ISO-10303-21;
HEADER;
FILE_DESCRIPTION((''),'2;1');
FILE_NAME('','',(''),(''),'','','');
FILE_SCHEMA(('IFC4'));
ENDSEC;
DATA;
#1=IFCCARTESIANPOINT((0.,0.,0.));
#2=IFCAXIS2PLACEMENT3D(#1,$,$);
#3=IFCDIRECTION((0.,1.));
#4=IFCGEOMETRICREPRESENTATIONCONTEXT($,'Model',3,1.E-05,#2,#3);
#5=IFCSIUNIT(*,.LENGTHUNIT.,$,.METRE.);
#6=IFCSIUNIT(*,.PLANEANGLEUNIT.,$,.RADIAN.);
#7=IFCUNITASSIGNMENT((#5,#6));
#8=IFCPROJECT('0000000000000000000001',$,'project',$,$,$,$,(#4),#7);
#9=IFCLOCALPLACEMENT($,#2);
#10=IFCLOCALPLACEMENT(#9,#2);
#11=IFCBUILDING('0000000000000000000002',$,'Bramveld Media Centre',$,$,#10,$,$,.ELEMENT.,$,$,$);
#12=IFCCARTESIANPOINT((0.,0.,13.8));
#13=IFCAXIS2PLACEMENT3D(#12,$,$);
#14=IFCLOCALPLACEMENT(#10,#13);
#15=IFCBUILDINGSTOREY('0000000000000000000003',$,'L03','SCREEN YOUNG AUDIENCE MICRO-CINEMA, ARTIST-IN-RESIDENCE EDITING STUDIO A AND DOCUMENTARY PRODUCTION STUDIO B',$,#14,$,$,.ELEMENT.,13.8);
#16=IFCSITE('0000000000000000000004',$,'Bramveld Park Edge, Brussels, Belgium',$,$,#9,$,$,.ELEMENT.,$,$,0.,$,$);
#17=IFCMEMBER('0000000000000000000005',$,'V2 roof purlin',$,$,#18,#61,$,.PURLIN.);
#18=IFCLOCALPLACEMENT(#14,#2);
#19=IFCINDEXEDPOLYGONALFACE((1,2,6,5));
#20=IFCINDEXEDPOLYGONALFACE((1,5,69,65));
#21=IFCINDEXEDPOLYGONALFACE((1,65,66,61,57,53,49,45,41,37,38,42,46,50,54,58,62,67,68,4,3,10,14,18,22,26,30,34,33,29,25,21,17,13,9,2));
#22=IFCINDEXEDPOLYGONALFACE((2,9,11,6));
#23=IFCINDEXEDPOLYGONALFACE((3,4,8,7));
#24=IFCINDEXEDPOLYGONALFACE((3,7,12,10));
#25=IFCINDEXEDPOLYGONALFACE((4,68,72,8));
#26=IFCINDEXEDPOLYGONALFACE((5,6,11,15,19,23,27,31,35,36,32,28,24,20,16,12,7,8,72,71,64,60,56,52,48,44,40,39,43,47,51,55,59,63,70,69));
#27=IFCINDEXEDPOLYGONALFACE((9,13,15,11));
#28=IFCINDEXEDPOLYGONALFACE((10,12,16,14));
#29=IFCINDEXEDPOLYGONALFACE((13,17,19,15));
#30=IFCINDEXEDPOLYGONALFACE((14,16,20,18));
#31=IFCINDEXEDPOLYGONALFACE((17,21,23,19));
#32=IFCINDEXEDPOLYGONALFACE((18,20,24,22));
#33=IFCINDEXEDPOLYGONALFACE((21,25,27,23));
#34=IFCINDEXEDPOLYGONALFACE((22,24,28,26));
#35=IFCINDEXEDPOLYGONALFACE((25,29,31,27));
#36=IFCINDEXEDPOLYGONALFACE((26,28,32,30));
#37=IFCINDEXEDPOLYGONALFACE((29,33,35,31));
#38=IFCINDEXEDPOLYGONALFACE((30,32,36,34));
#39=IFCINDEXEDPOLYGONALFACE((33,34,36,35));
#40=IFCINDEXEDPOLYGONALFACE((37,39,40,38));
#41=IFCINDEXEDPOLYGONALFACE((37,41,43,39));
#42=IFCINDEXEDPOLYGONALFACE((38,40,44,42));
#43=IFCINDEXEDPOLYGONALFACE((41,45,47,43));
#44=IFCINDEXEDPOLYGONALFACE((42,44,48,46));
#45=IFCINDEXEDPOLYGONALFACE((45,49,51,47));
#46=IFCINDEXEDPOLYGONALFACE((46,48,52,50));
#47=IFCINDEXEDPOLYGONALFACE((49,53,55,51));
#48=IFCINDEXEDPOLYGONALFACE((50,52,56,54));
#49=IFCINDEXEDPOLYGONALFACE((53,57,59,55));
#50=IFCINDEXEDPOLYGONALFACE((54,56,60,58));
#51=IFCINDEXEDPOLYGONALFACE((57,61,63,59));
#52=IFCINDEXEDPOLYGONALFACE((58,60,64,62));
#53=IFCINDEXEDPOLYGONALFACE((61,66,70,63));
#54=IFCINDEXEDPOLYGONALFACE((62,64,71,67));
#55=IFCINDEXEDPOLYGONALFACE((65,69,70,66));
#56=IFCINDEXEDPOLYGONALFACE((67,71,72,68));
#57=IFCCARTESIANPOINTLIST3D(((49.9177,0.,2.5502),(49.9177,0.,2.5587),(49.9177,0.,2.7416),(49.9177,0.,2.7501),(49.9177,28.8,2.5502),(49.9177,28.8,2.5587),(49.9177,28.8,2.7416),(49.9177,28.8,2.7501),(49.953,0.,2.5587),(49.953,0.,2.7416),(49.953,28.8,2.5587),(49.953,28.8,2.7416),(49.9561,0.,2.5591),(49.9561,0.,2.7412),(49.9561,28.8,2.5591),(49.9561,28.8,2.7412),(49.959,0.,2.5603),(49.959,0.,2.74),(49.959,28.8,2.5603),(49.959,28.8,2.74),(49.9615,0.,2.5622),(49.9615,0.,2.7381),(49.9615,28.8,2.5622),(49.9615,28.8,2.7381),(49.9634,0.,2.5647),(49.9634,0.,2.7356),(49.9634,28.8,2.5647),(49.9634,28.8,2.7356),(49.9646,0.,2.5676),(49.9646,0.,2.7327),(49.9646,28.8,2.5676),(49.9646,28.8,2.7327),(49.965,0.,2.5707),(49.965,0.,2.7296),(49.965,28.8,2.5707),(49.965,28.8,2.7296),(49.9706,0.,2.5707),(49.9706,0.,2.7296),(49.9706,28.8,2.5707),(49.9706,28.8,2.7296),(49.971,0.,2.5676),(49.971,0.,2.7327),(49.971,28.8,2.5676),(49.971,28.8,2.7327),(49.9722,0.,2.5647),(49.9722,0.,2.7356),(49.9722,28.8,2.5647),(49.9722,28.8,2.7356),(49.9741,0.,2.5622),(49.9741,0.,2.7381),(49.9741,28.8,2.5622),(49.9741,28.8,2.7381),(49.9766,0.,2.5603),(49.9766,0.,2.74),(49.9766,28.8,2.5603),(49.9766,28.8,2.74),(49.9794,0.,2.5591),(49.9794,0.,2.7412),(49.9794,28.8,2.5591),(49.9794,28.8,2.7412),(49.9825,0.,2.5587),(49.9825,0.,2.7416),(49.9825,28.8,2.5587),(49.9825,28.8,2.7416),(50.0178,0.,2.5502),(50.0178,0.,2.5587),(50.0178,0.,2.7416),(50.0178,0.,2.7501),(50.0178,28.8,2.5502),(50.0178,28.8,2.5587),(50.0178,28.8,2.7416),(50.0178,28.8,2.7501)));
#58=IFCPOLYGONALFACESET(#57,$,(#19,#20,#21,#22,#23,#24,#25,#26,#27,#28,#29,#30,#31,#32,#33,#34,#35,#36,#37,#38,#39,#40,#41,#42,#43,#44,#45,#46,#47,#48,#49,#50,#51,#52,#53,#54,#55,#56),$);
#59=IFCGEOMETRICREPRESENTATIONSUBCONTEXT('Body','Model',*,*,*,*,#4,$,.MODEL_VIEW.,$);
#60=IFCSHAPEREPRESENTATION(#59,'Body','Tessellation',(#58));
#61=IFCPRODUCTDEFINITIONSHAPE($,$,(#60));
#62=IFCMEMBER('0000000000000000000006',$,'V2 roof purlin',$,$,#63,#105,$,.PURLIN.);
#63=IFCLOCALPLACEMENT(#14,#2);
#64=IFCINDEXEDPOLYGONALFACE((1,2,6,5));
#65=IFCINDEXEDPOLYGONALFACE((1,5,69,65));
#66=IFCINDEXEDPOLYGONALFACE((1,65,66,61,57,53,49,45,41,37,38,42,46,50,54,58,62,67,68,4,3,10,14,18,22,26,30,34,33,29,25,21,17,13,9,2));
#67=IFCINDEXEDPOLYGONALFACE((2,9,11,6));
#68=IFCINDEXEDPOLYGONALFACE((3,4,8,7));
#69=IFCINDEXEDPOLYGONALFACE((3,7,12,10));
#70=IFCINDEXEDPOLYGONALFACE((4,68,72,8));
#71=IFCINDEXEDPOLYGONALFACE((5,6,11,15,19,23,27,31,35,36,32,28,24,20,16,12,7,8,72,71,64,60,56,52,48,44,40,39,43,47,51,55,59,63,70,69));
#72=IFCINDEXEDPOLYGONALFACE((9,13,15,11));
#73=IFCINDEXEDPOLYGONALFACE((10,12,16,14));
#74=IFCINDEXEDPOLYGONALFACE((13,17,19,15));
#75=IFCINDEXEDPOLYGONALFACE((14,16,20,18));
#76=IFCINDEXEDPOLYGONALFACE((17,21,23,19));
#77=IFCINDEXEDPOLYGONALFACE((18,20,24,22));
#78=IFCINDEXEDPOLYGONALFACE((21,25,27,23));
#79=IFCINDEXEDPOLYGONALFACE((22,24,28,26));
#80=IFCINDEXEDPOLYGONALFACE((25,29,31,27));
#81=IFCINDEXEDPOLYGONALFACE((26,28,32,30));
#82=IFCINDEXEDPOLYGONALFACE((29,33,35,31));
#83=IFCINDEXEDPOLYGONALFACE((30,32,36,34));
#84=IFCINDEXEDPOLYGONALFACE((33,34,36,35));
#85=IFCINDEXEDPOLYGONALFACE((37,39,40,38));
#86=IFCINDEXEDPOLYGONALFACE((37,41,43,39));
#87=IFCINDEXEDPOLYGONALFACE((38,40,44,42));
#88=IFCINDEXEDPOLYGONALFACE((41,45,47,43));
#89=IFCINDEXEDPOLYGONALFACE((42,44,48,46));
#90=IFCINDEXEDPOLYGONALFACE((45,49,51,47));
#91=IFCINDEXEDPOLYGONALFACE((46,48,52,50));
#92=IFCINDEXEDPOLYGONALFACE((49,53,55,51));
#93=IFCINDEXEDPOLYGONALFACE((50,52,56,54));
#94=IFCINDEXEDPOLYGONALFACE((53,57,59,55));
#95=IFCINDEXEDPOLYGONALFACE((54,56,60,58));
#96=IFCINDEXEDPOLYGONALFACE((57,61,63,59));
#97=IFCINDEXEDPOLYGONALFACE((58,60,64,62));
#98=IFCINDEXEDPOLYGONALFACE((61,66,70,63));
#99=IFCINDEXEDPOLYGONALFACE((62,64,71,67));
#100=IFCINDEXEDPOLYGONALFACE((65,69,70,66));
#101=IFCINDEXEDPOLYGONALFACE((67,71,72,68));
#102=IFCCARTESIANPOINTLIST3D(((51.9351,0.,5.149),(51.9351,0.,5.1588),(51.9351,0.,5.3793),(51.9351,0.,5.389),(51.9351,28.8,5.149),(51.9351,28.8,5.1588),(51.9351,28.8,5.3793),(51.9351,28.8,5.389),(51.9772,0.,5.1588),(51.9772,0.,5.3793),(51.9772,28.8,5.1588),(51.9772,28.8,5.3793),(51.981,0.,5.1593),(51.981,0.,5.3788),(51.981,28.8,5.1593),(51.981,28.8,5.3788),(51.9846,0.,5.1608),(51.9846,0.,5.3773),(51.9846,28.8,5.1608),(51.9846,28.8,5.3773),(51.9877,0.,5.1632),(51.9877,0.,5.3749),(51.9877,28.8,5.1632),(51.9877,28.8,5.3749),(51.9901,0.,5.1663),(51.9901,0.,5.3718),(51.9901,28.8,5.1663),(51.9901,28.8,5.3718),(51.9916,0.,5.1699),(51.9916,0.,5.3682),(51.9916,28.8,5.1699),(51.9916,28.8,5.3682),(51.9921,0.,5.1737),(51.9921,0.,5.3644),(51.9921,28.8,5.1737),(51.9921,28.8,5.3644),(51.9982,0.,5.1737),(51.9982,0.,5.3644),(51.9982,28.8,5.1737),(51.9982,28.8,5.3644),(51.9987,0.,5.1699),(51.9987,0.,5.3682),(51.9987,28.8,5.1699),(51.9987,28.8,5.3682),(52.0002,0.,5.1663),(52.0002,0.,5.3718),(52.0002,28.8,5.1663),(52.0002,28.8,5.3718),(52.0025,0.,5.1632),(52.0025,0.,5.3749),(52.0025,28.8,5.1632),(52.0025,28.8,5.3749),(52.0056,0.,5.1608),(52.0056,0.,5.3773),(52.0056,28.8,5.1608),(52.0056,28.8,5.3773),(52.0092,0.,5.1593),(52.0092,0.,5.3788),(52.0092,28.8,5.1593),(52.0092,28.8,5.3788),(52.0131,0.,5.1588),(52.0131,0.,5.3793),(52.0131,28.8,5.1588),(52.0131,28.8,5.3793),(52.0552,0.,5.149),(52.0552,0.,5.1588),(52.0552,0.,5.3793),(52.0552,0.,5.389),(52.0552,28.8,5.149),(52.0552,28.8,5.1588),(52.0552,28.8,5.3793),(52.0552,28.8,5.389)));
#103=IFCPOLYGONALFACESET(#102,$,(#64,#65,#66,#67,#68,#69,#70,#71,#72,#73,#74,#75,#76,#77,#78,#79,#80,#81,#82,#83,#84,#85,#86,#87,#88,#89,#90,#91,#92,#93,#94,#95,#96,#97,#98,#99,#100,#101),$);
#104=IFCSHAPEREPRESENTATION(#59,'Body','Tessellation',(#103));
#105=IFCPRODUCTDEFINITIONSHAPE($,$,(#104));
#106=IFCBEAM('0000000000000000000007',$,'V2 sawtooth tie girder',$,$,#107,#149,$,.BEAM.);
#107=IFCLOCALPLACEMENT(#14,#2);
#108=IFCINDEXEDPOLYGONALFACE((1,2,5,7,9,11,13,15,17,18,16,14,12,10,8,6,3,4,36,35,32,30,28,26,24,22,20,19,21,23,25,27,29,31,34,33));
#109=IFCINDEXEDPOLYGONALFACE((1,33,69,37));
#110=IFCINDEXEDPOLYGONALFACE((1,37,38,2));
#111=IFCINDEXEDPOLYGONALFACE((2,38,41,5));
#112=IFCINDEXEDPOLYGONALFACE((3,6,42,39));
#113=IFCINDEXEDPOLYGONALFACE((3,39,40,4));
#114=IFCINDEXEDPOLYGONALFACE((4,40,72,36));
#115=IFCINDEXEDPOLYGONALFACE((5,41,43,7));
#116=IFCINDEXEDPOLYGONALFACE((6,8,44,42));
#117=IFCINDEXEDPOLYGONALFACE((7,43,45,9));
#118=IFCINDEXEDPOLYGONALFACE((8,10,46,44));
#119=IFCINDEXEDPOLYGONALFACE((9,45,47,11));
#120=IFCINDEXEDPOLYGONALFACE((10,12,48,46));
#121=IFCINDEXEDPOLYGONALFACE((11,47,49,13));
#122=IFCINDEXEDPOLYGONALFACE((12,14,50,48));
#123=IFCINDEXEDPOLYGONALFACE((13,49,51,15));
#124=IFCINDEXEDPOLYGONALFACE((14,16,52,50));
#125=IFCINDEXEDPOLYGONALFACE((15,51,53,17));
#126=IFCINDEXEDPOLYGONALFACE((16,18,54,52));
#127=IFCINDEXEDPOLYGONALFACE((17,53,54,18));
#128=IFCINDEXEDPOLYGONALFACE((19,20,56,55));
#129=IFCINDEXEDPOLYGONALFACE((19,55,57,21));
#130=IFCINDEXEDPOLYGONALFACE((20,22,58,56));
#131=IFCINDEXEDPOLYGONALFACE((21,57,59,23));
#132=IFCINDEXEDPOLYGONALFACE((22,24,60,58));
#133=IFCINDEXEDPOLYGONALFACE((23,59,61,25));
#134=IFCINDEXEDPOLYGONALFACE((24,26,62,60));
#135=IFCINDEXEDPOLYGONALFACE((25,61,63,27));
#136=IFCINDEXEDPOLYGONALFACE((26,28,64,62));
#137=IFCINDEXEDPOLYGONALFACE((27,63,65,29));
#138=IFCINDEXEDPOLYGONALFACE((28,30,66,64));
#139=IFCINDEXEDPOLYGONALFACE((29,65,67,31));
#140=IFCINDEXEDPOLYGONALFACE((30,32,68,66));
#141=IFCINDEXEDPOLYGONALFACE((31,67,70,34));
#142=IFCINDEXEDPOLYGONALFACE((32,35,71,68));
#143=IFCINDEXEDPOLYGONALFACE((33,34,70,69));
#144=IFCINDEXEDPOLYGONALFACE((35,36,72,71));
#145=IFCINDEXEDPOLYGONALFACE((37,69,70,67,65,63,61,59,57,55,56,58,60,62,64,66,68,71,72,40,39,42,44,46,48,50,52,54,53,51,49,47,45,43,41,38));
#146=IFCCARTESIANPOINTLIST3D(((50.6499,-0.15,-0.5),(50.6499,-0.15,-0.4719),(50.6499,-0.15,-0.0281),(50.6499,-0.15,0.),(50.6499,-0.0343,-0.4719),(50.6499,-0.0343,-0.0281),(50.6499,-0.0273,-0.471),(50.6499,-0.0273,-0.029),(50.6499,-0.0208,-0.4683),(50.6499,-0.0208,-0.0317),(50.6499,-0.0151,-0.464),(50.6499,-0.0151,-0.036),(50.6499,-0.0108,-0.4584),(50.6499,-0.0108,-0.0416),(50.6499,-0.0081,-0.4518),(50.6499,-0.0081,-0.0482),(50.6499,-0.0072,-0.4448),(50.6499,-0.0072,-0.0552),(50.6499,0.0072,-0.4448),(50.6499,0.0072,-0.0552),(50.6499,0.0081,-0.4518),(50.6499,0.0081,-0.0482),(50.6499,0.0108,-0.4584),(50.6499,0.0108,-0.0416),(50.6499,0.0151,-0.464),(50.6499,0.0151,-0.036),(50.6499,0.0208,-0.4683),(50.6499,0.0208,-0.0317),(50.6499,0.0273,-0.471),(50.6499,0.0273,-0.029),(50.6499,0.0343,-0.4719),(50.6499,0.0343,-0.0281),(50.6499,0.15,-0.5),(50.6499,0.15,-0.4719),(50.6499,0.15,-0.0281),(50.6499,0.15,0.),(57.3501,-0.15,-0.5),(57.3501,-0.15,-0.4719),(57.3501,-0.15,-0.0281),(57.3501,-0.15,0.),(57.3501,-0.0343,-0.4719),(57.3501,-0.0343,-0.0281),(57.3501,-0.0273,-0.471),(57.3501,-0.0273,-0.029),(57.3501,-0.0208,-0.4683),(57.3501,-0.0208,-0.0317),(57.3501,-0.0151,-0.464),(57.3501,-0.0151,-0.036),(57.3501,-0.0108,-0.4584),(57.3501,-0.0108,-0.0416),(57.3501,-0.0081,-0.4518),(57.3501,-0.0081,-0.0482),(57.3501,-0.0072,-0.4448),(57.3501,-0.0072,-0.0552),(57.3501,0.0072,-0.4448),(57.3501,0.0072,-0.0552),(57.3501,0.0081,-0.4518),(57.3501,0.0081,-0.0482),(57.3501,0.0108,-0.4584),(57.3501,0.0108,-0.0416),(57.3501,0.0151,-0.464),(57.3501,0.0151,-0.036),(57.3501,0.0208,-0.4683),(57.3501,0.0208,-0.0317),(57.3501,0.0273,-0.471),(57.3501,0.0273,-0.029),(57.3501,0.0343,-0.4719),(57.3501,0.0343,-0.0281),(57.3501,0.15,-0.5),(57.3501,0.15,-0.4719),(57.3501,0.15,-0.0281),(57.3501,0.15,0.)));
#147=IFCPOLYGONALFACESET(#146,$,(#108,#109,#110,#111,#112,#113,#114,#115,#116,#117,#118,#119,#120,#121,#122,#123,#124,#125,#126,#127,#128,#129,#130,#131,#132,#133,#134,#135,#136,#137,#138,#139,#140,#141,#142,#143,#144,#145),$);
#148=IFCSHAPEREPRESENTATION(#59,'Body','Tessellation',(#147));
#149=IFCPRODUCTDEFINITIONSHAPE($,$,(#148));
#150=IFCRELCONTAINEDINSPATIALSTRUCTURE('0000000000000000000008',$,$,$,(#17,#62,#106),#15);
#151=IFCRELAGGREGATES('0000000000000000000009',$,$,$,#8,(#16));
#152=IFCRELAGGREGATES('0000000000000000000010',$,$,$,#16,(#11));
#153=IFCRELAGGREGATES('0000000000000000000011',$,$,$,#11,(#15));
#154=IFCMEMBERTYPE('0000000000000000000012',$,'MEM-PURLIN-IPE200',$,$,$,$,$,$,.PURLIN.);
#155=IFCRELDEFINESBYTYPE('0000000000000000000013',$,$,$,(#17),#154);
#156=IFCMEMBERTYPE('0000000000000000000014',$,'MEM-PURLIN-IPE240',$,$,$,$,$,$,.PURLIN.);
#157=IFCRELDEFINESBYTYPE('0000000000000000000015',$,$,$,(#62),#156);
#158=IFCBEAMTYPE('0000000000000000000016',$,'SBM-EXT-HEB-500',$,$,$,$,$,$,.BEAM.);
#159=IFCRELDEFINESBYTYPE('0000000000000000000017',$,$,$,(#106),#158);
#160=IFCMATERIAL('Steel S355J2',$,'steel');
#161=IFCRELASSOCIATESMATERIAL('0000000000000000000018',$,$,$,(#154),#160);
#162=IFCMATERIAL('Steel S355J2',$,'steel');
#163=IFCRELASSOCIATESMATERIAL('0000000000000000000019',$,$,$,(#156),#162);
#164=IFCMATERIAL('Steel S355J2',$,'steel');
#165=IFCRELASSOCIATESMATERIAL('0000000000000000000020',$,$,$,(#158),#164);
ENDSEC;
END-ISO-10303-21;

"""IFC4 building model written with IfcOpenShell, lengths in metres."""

from ifc_helpers import new_model, si_unit, direction, frame, origin, origin_2d, place, context, subcontext, project, spatial, i_section, extrude, material, material_profile, profile_set, type_object, element, save


model = new_model("IFC4")

# Units and contexts
model_context = context("Model", 3, precision=1e-05, world=origin(), true_north=direction((0.0, 1.0)))
body_context = subcontext(model_context, "Body", "Model", "MODEL_VIEW")
ifc_project = project(units=[si_unit("LENGTHUNIT", "METRE"), si_unit("PLANEANGLEUNIT", "RADIAN")], contexts=[model_context])

# Site, building, storey
site_placement = place(None, origin())
site = spatial("IfcSite", under=ifc_project, at=site_placement, Name="Bramveld Park Edge, Brussels, Belgium", CompositionType="ELEMENT", RefElevation=0.0)
building_placement = place(site_placement, origin())
building = spatial("IfcBuilding", under=site, at=building_placement, Name="Bramveld Media Centre", CompositionType="ELEMENT")
storey_placement = place(building_placement, frame((0.0, 0.0, 13.8)))
storey = spatial("IfcBuildingStorey", under=building, at=storey_placement, Name="L03", Description="SCREEN YOUNG AUDIENCE MICRO-CINEMA, ARTIST-IN-RESIDENCE EDITING STUDIO A AND DOCUMENTARY PRODUCTION STUDIO B", CompositionType="ELEMENT", Elevation=13.8)

# Members
ifc_material_1 = material(Name="Steel S355J2", Category="steel")
ifc_material_profile_1 = material_profile(ifc_material_1, i_section(OverallWidth=0.1001, OverallDepth=0.2, WebThickness=0.0056, FlangeThickness=0.0085, FilletRadius=0.012, at=origin_2d()), Name="IPE 200")
ifc_profile_set_1 = profile_set([ifc_material_profile_1], Name="Steel S355J2")
member_type_1 = type_object("IfcMemberType", Name="MEM-PURLIN-IPE200", PredefinedType="PURLIN", material=ifc_profile_set_1)
member_1_placement = place(storey_placement, frame((49.9678, 0.0, 2.6501), z_axis=(0.0, 1.0, 0.0), x_axis=(-1.0, 0.0, 0.0)))
element("IfcMember", 1, at=member_1_placement, inside=storey, type_object=member_type_1, Name="V2 roof purlin", PredefinedType="PURLIN", context=body_context, shape_type="SweptSolid", body=[
    extrude(i_section(OverallWidth=0.1001, OverallDepth=0.2, WebThickness=0.0056, FlangeThickness=0.0085, FilletRadius=0.012, at=origin_2d()), origin(), (0.0, 0.0, 1.0), 28.8),
])
ifc_material_2 = material(Name="Steel S355J2", Category="steel")
ifc_material_profile_2 = material_profile(ifc_material_2, i_section(OverallWidth=0.1201, OverallDepth=0.24, WebThickness=0.0061, FlangeThickness=0.0098, FilletRadius=0.0149, at=origin_2d()), Name="IPE 240")
ifc_profile_set_2 = profile_set([ifc_material_profile_2], Name="Steel S355J2")
member_type_2 = type_object("IfcMemberType", Name="MEM-PURLIN-IPE240", PredefinedType="PURLIN", material=ifc_profile_set_2)
member_2_placement = place(storey_placement, frame((51.9951, 0.0, 5.269), z_axis=(0.0, 1.0, 0.0), x_axis=(-1.0, 0.0, 0.0)))
element("IfcMember", 2, at=member_2_placement, inside=storey, type_object=member_type_2, Name="V2 roof purlin", PredefinedType="PURLIN", context=body_context, shape_type="SweptSolid", body=[
    extrude(i_section(OverallWidth=0.1201, OverallDepth=0.24, WebThickness=0.0061, FlangeThickness=0.0098, FilletRadius=0.0149, at=origin_2d()), origin(), (0.0, 0.0, 1.0), 28.8),
])

# Beam
ifc_material_3 = material(Name="Steel S355J2", Category="steel")
ifc_material_profile_3 = material_profile(ifc_material_3, i_section(OverallWidth=0.3, OverallDepth=0.5, WebThickness=0.0144, FlangeThickness=0.0281, FilletRadius=0.0271, at=origin_2d()), Name="HEB 500")
ifc_profile_set_3 = profile_set([ifc_material_profile_3], Name="Steel S355J2")
beam_type_1 = type_object("IfcBeamType", Name="SBM-EXT-HEB-500", PredefinedType="BEAM", material=ifc_profile_set_3)
beam_1_placement = place(storey_placement, frame((50.6499, 0.0, -0.25), z_axis=(1.0, 0.0, 0.0), x_axis=(0.0, 1.0, 0.0)))
element("IfcBeam", 3, at=beam_1_placement, inside=storey, type_object=beam_type_1, Name="V2 sawtooth tie girder", PredefinedType="BEAM", context=body_context, shape_type="SweptSolid", body=[
    extrude(i_section(OverallWidth=0.3, OverallDepth=0.5, WebThickness=0.0144, FlangeThickness=0.0281, FilletRadius=0.0271, at=origin_2d()), origin(), (0.0, 0.0, 1.0), 6.7002),
])

save(model, "model.ifc")
